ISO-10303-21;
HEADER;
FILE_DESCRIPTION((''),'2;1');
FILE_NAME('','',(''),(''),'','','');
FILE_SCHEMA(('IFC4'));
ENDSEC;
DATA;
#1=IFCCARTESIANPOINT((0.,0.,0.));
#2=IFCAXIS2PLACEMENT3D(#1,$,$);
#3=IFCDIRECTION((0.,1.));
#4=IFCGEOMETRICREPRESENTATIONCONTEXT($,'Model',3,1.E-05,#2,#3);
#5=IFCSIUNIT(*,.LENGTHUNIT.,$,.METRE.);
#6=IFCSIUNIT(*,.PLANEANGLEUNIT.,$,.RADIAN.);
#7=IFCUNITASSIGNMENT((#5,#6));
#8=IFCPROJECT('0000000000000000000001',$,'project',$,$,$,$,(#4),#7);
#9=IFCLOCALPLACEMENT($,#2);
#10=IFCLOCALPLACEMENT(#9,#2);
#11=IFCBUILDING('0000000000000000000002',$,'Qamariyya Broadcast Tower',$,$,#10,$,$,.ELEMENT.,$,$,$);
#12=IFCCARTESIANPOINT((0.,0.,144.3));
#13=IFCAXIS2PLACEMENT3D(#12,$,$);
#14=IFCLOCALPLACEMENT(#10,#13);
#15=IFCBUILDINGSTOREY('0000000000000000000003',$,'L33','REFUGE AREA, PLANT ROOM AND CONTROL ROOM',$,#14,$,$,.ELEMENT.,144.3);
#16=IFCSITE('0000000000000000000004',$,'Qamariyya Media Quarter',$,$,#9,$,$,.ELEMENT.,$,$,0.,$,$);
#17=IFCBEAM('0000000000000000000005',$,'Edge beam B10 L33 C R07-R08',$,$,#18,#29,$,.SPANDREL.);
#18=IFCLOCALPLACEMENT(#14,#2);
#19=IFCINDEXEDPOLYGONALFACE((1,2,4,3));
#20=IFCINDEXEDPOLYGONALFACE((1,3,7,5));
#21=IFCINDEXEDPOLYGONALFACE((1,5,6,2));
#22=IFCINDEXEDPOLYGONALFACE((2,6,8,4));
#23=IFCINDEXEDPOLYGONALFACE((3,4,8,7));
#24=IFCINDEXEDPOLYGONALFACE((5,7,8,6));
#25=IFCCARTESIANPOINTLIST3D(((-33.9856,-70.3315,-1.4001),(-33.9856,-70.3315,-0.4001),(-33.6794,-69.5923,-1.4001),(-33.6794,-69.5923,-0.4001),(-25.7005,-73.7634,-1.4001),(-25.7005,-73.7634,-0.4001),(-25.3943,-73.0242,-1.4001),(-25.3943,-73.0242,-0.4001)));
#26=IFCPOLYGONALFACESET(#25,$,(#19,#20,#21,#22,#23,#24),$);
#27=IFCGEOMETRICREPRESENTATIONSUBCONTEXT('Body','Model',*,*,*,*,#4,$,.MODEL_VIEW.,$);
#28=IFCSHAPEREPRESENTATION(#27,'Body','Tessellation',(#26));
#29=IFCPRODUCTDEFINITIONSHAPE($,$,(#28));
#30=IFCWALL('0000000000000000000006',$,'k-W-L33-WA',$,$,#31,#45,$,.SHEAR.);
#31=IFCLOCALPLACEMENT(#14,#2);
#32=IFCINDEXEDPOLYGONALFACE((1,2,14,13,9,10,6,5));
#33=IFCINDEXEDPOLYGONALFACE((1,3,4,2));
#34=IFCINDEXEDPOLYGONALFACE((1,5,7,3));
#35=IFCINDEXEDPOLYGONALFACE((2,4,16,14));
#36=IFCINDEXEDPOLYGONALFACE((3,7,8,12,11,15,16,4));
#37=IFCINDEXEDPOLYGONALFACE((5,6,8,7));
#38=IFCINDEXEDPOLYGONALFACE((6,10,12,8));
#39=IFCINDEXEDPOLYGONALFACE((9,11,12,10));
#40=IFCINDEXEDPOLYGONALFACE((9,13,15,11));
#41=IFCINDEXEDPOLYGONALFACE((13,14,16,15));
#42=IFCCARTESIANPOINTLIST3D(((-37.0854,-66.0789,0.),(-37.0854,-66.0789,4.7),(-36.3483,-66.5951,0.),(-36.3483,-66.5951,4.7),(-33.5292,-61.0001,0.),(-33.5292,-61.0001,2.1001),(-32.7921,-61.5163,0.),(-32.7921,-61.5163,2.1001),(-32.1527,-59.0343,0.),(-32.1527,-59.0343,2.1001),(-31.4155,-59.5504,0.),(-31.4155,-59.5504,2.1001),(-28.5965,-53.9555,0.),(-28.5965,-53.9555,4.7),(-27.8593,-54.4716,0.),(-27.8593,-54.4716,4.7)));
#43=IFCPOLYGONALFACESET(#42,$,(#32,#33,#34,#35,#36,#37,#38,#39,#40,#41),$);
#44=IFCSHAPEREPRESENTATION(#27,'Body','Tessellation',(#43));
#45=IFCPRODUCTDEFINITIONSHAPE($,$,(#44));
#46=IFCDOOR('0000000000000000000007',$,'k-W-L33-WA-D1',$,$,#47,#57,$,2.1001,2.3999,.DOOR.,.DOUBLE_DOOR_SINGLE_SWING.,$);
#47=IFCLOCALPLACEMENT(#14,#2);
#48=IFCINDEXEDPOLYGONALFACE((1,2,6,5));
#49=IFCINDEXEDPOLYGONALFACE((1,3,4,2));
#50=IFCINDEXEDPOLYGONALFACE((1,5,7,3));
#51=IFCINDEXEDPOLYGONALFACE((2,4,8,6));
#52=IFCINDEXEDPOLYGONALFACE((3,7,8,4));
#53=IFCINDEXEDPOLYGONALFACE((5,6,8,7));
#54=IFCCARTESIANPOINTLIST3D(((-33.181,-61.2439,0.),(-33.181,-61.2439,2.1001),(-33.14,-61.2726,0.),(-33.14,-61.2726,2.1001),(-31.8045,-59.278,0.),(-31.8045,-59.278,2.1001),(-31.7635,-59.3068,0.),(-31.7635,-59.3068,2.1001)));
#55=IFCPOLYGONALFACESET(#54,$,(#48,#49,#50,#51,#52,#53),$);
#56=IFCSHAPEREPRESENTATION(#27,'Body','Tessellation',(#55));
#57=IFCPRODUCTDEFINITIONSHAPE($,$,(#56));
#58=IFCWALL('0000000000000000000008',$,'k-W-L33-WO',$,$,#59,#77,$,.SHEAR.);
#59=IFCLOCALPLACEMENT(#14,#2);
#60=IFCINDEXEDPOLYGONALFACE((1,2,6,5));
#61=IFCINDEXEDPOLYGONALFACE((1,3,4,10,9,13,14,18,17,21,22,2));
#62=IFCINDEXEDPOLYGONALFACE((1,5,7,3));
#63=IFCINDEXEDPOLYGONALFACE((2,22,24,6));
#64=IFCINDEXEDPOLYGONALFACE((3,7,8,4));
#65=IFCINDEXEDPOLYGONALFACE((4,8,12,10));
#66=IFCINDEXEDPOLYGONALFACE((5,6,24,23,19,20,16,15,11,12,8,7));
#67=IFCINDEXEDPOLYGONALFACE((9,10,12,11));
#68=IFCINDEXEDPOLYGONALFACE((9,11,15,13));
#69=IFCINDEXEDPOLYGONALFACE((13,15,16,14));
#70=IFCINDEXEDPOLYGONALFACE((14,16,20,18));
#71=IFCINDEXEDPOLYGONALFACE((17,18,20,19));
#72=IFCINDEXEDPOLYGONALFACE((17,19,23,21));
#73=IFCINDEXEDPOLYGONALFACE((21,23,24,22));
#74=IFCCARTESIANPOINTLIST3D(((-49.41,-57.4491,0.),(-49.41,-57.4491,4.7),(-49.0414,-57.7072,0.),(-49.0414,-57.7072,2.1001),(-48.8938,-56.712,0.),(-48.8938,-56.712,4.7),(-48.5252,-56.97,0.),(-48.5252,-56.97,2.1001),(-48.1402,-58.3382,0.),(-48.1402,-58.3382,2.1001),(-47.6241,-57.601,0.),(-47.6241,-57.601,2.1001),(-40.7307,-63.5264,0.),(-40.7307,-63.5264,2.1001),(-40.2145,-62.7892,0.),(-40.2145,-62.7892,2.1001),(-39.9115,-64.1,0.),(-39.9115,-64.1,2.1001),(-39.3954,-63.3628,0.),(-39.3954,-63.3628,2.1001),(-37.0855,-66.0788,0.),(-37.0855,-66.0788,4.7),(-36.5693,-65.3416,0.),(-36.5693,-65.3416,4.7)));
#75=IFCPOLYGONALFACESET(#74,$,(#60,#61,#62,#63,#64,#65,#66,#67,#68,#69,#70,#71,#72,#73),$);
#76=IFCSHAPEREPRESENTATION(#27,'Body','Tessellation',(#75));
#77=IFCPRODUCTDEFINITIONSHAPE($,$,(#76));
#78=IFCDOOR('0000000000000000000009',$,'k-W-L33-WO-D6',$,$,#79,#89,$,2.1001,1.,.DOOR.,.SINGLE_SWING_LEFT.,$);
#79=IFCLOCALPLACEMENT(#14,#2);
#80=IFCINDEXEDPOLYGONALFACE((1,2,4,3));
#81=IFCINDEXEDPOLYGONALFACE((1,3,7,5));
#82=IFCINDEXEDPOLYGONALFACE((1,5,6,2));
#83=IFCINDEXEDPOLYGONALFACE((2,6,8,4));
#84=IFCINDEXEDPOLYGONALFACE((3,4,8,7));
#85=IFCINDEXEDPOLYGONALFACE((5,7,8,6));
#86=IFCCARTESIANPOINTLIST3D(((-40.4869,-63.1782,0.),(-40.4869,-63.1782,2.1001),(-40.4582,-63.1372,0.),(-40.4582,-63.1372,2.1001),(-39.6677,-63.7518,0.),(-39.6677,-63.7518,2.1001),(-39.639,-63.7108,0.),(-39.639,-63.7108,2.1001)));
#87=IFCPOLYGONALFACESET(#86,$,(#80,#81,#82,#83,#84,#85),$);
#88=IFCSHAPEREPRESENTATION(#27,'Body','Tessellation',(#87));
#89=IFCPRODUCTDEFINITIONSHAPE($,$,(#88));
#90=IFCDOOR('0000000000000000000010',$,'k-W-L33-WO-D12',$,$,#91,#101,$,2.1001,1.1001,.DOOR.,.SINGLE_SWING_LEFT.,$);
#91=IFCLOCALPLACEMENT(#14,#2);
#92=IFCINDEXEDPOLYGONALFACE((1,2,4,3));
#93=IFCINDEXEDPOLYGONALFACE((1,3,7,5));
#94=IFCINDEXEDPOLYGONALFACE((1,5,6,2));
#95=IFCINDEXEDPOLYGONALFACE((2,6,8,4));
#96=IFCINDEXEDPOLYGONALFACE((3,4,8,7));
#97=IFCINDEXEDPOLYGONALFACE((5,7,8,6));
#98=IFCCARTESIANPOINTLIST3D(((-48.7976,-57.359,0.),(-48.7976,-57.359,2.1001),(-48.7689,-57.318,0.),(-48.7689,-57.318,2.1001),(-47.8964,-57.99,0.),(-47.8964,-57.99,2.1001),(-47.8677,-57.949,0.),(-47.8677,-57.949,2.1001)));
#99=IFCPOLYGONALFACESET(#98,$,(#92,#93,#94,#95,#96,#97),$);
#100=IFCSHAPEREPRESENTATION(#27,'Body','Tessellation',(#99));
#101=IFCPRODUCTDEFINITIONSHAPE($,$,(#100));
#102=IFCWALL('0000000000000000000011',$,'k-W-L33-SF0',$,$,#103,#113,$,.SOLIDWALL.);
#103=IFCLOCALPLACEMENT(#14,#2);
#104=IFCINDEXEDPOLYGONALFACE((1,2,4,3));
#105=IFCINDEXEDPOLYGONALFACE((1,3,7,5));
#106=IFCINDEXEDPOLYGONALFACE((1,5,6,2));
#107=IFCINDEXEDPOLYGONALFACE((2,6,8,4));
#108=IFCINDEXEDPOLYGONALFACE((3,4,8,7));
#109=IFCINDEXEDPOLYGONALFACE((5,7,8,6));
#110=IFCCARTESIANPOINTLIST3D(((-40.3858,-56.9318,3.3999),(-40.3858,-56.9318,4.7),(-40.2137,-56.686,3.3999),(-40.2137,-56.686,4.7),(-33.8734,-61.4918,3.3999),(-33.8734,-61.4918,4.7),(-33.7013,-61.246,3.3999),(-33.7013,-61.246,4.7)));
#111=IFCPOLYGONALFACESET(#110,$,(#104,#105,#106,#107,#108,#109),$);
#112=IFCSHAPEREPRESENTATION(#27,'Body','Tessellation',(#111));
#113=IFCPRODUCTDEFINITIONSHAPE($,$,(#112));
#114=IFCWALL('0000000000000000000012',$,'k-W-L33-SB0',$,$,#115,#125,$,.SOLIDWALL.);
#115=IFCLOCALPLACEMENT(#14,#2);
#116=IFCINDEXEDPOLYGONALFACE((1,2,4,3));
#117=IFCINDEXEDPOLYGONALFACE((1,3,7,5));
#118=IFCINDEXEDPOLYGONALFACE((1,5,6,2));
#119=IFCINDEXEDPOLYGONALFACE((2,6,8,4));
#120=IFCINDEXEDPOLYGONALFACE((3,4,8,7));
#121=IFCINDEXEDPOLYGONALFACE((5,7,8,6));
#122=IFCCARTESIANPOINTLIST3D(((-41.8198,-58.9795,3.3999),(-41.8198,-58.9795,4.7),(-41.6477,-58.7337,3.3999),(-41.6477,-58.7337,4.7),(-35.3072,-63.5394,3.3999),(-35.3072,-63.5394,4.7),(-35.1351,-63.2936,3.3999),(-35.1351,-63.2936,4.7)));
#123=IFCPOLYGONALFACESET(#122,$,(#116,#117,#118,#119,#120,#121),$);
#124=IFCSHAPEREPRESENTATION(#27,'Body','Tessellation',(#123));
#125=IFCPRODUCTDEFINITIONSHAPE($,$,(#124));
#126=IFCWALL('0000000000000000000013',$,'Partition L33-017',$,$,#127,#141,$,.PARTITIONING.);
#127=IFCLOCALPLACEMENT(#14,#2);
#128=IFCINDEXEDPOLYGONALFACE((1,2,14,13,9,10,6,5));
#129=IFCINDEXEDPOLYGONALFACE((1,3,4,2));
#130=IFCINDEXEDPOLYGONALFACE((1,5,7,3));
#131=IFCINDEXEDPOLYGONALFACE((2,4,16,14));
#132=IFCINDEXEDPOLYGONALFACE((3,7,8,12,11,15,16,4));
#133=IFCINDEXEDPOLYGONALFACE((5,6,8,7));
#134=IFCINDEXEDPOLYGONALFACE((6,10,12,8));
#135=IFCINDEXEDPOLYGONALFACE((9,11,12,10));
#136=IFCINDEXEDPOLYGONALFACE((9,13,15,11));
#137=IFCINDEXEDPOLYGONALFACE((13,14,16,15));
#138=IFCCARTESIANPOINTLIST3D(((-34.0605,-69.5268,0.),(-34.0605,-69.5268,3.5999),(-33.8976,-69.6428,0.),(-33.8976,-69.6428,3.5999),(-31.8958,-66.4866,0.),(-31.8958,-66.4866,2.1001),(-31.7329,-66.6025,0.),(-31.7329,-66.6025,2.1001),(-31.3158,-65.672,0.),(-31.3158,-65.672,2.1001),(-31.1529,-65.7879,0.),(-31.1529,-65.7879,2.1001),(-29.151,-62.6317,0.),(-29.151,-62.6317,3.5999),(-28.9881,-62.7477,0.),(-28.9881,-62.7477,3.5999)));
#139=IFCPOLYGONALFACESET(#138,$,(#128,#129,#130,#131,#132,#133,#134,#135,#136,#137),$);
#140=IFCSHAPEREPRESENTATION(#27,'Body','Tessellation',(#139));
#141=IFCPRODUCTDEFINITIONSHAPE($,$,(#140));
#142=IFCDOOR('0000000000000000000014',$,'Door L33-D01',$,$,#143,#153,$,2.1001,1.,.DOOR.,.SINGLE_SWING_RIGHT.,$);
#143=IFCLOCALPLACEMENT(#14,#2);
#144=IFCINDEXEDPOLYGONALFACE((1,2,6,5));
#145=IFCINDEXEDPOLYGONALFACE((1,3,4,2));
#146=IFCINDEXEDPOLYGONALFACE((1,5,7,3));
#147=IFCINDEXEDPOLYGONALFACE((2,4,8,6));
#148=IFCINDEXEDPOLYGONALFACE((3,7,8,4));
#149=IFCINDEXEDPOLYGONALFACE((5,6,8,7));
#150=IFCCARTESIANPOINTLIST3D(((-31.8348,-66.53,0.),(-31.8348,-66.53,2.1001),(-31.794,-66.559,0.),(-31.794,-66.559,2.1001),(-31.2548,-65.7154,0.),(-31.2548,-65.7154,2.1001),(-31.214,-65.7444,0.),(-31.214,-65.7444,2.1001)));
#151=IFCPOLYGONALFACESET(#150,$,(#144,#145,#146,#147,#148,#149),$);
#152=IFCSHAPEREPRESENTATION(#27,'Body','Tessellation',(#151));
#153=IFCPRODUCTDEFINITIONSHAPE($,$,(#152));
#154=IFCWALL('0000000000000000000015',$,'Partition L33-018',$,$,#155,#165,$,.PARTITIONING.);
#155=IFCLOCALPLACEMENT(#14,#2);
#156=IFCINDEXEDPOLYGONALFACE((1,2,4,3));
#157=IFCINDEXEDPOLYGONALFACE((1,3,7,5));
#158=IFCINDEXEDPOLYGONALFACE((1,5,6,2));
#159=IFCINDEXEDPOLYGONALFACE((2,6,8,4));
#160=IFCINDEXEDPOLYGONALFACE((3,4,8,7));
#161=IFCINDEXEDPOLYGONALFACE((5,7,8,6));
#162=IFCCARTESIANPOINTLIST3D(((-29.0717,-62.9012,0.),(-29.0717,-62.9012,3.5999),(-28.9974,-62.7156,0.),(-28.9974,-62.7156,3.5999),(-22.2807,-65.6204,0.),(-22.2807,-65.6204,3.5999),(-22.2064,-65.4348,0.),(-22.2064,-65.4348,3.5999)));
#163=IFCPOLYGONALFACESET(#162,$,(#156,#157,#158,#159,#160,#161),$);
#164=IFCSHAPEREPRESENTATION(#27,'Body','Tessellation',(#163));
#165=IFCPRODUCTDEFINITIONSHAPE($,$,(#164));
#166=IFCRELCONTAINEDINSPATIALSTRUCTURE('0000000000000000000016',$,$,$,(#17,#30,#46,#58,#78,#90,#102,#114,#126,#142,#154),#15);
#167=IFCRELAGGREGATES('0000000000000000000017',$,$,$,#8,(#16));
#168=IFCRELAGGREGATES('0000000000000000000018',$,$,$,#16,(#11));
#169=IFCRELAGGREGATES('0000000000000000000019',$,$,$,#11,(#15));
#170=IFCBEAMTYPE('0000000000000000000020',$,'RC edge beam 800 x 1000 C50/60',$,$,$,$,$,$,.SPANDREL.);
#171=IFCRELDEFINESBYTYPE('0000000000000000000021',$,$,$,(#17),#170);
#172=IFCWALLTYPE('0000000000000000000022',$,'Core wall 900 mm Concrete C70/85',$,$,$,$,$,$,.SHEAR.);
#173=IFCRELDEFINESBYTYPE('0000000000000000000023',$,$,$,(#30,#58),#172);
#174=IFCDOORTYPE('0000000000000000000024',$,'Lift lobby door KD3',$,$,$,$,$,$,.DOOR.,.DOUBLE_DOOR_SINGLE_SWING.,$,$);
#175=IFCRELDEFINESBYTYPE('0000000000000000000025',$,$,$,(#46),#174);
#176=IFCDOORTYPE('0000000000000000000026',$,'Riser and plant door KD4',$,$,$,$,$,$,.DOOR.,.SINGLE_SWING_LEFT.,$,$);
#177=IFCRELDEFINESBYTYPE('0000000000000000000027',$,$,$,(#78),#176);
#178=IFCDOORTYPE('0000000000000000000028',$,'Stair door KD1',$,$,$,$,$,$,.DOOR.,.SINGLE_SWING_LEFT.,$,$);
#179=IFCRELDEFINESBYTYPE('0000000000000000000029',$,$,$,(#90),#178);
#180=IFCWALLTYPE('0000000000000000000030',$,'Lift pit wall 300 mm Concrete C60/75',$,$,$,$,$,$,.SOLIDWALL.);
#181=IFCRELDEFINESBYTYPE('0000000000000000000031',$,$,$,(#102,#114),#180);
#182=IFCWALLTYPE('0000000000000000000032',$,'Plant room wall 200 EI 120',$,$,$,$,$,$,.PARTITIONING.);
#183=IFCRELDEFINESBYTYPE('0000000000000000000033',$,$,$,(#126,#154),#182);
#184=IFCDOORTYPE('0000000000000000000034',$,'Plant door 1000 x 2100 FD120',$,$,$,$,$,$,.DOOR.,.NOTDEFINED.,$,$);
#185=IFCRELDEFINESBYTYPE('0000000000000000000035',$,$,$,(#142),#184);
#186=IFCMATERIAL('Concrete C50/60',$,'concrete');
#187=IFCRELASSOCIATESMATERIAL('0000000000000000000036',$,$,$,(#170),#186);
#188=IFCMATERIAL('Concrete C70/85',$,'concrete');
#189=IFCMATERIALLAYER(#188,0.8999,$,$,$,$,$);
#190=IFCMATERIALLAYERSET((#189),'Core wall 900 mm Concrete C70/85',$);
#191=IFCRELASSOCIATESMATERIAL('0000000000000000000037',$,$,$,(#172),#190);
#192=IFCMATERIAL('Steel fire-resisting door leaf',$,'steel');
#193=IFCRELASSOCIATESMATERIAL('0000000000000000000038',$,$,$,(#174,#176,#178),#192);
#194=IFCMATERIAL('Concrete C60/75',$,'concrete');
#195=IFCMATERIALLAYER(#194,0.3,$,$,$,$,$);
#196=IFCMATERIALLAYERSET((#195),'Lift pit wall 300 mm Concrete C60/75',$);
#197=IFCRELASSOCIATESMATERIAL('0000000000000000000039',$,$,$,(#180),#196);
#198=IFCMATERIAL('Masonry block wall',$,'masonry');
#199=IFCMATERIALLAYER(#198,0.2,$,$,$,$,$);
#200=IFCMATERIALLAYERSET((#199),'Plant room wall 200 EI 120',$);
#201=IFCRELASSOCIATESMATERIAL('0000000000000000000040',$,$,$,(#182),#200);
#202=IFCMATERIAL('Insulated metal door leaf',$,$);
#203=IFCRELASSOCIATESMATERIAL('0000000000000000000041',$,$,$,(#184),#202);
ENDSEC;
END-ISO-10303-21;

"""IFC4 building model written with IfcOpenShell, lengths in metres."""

from ifc_helpers import new_model, si_unit, direction, frame, frame_2d, origin, origin_2d, place, context, subcontext, project, spatial, rectangle, extrude, material, layer, layer_set, material_profile, profile_set, type_object, element, fill, save


model = new_model("IFC4")

# Units and contexts
model_context = context("Model", 3, precision=1e-05, world=origin(), true_north=direction((0.0, 1.0)))
body_context = subcontext(model_context, "Body", "Model", "MODEL_VIEW")
ifc_project = project(units=[si_unit("LENGTHUNIT", "METRE"), si_unit("PLANEANGLEUNIT", "RADIAN")], contexts=[model_context])

# Site, building, storey
site_placement = place(None, origin())
site = spatial("IfcSite", under=ifc_project, at=site_placement, Name="Qamariyya Media Quarter", CompositionType="ELEMENT", RefElevation=0.0)
building_placement = place(site_placement, origin())
building = spatial("IfcBuilding", under=site, at=building_placement, Name="Qamariyya Broadcast Tower", CompositionType="ELEMENT")
storey_placement = place(building_placement, frame((0.0, 0.0, 144.3)))
storey = spatial("IfcBuildingStorey", under=building, at=storey_placement, Name="L33", Description="REFUGE AREA, PLANT ROOM AND CONTROL ROOM", CompositionType="ELEMENT", Elevation=144.3)

# Shared definitions
ifc_material_1 = material(Name="Concrete C70/85", Category="concrete")

# Beam
ifc_material_2 = material(Name="Concrete C50/60", Category="concrete")
ifc_material_profile_1 = material_profile(ifc_material_2, rectangle(XDim=0.8, YDim=1.0, at=origin_2d()))
ifc_profile_set_1 = profile_set([ifc_material_profile_1], Name="Concrete C50/60")
beam_type = type_object("IfcBeamType", Name="RC edge beam 800 x 1000 C50/60", PredefinedType="SPANDREL", material=ifc_profile_set_1)
beam_placement = place(storey_placement, frame((-33.8325, -69.9619, -0.9001), z_axis=(0.923877, -0.382689, 0.0), x_axis=(0.382689, 0.923877, 0.0)))
element("IfcBeam", 1, at=beam_placement, inside=storey, type_object=beam_type, Name="Edge beam B10 L33 C R07-R08", PredefinedType="SPANDREL", context=body_context, shape_type="SweptSolid", body=[
    extrude(rectangle(XDim=0.8, YDim=1.0, at=origin_2d()), origin(), (0.0, 0.0, 1.0), 8.9678),
])

# Wall, opening, door
ifc_layer_1 = layer(ifc_material_1, 0.8999)
ifc_layer_set_1 = layer_set([ifc_layer_1], Name="Core wall 900 mm Concrete C70/85")
wall_type_1 = type_object("IfcWallType", Name="Core wall 900 mm Concrete C70/85", PredefinedType="SHEAR", material=ifc_layer_set_1)
wall_1_placement = place(storey_placement, frame((-36.7168, -66.3369, 0.0), z_axis=(0.0, 0.0, 1.0), x_axis=(0.573577, 0.819151, 0.0)))
wall_1 = element("IfcWall", 2, at=wall_1_placement, inside=storey, type_object=wall_type_1, Name="k-W-L33-WA", PredefinedType="SHEAR", context=body_context, shape_type="SweptSolid", body=[
    extrude(rectangle(XDim=14.8, YDim=0.8999, at=frame_2d((7.3999, 0.0))), origin(), (0.0, 0.0, 1.0), 4.7),
])
opening_1_placement = place(wall_1_placement, frame((6.2, 0.0, 0.0)))
opening_1 = element("IfcOpeningElement", 3, at=opening_1_placement, cuts=wall_1, PredefinedType="OPENING", context=body_context, shape_type="SweptSolid", body=[
    extrude(rectangle(XDim=2.3999, YDim=2.1001, at=frame_2d((1.2, 1.05))), frame((0.0, 0.46, 0.0), z_axis=(0.0, -1.0, 0.0), x_axis=(1.0, 0.0, 0.0)), (0.0, 0.0, 1.0), 0.9199),
])
ifc_material_3 = material(Name="Steel fire-resisting door leaf", Category="steel")
door_type_1 = type_object("IfcDoorType", Name="Lift lobby door KD3", OperationType="DOUBLE_DOOR_SINGLE_SWING", PredefinedType="DOOR", material=ifc_material_3)
door_1_placement = place(opening_1_placement, origin())
door_1 = element("IfcDoor", 4, at=door_1_placement, inside=storey, type_object=door_type_1, Name="k-W-L33-WA-D1", OperationType="DOUBLE_DOOR_SINGLE_SWING", OverallHeight=2.1001, OverallWidth=2.3999, PredefinedType="DOOR", context=body_context, shape_type="SweptSolid", body=[
    extrude(rectangle(XDim=2.3999, YDim=2.1001, at=frame_2d((1.2, 1.05))), frame((0.0, 0.0249, 0.0), z_axis=(0.0, -1.0, 0.0), x_axis=(1.0, 0.0, 0.0)), (0.0, 0.0, 1.0), 0.05),
])
fill(opening_1, door_1)

# Wall, openings, doors
wall_2_placement = place(storey_placement, frame((-36.8274, -65.7102, 0.0), z_axis=(0.0, 0.0, 1.0), x_axis=(-0.819153, 0.573575, 0.0)))
wall_2 = element("IfcWall", 5, at=wall_2_placement, inside=storey, type_object=wall_type_1, Name="k-W-L33-WO", PredefinedType="SHEAR", context=body_context, shape_type="SweptSolid", body=[
    extrude(rectangle(XDim=15.0454, YDim=0.8999, at=frame_2d((7.5227, 0.0))), origin(), (0.0, 0.0, 1.0), 4.7),
])
opening_2_placement = place(wall_2_placement, frame((3.45, 0.0, 0.0)))
opening_2 = element("IfcOpeningElement", 6, at=opening_2_placement, cuts=wall_2, PredefinedType="OPENING", context=body_context, shape_type="SweptSolid", body=[
    extrude(rectangle(XDim=1.0, YDim=2.1001, at=frame_2d((0.5, 1.05))), frame((0.0, 0.46, 0.0), z_axis=(0.0, -1.0, 0.0), x_axis=(1.0, 0.0, 0.0)), (0.0, 0.0, 1.0), 0.9199),
])
opening_3_placement = place(wall_2_placement, frame((13.4954, 0.0, 0.0)))
opening_3 = element("IfcOpeningElement", 7, at=opening_3_placement, cuts=wall_2, PredefinedType="OPENING", context=body_context, shape_type="SweptSolid", body=[
    extrude(rectangle(XDim=1.1001, YDim=2.1001, at=frame_2d((0.55, 1.05))), frame((0.0, 0.46, 0.0), z_axis=(0.0, -1.0, 0.0), x_axis=(1.0, 0.0, 0.0)), (0.0, 0.0, 1.0), 0.9199),
])
door_type_2 = type_object("IfcDoorType", Name="Riser and plant door KD4", OperationType="SINGLE_SWING_LEFT", PredefinedType="DOOR", material=ifc_material_3)
door_2_placement = place(opening_2_placement, origin())
door_2 = element("IfcDoor", 8, at=door_2_placement, inside=storey, type_object=door_type_2, Name="k-W-L33-WO-D6", OperationType="SINGLE_SWING_LEFT", OverallHeight=2.1001, OverallWidth=1.0, PredefinedType="DOOR", context=body_context, shape_type="SweptSolid", body=[
    extrude(rectangle(XDim=1.0, YDim=2.1001, at=frame_2d((0.5, 1.05))), frame((0.0, 0.0249, 0.0), z_axis=(0.0, -1.0, 0.0), x_axis=(1.0, 0.0, 0.0)), (0.0, 0.0, 1.0), 0.05),
])
fill(opening_2, door_2)
door_type_3 = type_object("IfcDoorType", Name="Stair door KD1", OperationType="SINGLE_SWING_LEFT", PredefinedType="DOOR", material=ifc_material_3)
door_3_placement = place(opening_3_placement, origin())
door_3 = element("IfcDoor", 9, at=door_3_placement, inside=storey, type_object=door_type_3, Name="k-W-L33-WO-D12", OperationType="SINGLE_SWING_LEFT", OverallHeight=2.1001, OverallWidth=1.1001, PredefinedType="DOOR", context=body_context, shape_type="SweptSolid", body=[
    extrude(rectangle(XDim=1.1001, YDim=2.1001, at=frame_2d((0.55, 1.05))), frame((0.0, 0.0249, 0.0), z_axis=(0.0, -1.0, 0.0), x_axis=(1.0, 0.0, 0.0)), (0.0, 0.0, 1.0), 0.05),
])
fill(opening_3, door_3)

# Walls
ifc_material_4 = material(Name="Concrete C60/75", Category="concrete")
ifc_layer_2 = layer(ifc_material_4, 0.3)
ifc_layer_set_2 = layer_set([ifc_layer_2], Name="Lift pit wall 300 mm Concrete C60/75")
wall_type_2 = type_object("IfcWallType", Name="Lift pit wall 300 mm Concrete C60/75", PredefinedType="SOLIDWALL", material=ifc_layer_set_2)
for number, where, z_axis, x_axis, name in (
    (10, (-33.7874, -61.3689, 3.3999), (0.0, 0.0, 1.0), (-0.819153, 0.573576, 0.0), "k-W-L33-SF0"),
    (11, (-35.2212, -63.4165, 3.3999), (0.0, 0.0, 1.0), (-0.819167, 0.573555, 0.0), "k-W-L33-SB0"),
):
    element("IfcWall", number, at=place(storey_placement, frame(where, z_axis=z_axis, x_axis=x_axis)), inside=storey, type_object=wall_type_2, Name=name, PredefinedType="SOLIDWALL", context=body_context, shape_type="SweptSolid", body=[
        extrude(rectangle(XDim=7.9502, YDim=0.3, at=frame_2d((3.9751, 0.0))), origin(), (0.0, 0.0, 1.0), 1.3),
    ])

# Wall, opening, door
ifc_material_5 = material(Name="Masonry block wall", Category="masonry")
ifc_layer_3 = layer(ifc_material_5, 0.2)
ifc_layer_set_3 = layer_set([ifc_layer_3], Name="Plant room wall 200 EI 120")
wall_type_3 = type_object("IfcWallType", Name="Plant room wall 200 EI 120", PredefinedType="PARTITIONING", material=ifc_layer_set_3)
wall_3_placement = place(storey_placement, frame((-29.0696, -62.6897, 0.0), z_axis=(0.0, 0.0, 1.0), x_axis=(-0.580018, -0.814604, 0.0)))
wall_3 = element("IfcWall", 12, at=wall_3_placement, inside=storey, type_object=wall_type_3, Name="Partition L33-017", PredefinedType="PARTITIONING", context=body_context, shape_type="SweptSolid", body=[
    extrude(rectangle(XDim=8.4644, YDim=0.2, at=frame_2d((4.2322, 0.0))), origin(), (0.0, 0.0, 1.0), 3.5999),
])
opening_4_placement = place(wall_3_placement, frame((3.7322, 0.0, 0.0)))
opening_4 = element("IfcOpeningElement", 13, at=opening_4_placement, cuts=wall_3, PredefinedType="OPENING", context=body_context, shape_type="SweptSolid", body=[
    extrude(rectangle(XDim=1.0, YDim=2.1001, at=frame_2d((0.5, 1.05))), frame((0.0, 0.1099, 0.0), z_axis=(0.0, -1.0, 0.0), x_axis=(1.0, 0.0, 0.0)), (0.0, 0.0, 1.0), 0.22),
])
ifc_material_6 = material(Name="Insulated metal door leaf")
door_type_4 = type_object("IfcDoorType", Name="Plant door 1000 x 2100 FD120", OperationType="NOTDEFINED", PredefinedType="DOOR", material=ifc_material_6)
door_4_placement = place(opening_4_placement, origin())
door_4 = element("IfcDoor", 14, at=door_4_placement, inside=storey, type_object=door_type_4, Name="Door L33-D01", OperationType="SINGLE_SWING_RIGHT", OverallHeight=2.1001, OverallWidth=1.0, PredefinedType="DOOR", context=body_context, shape_type="SweptSolid", body=[
    extrude(rectangle(XDim=1.0, YDim=2.1001, at=frame_2d((0.5, 1.05))), frame((0.0, 0.0249, 0.0), z_axis=(0.0, -1.0, 0.0), x_axis=(1.0, 0.0, 0.0)), (0.0, 0.0, 1.0), 0.05),
])
fill(opening_4, door_4)

# Wall
wall_4_placement = place(storey_placement, frame((-29.0347, -62.8083, 0.0), z_axis=(0.0, 0.0, 1.0), x_axis=(0.928343, -0.371724, 0.0)))
element("IfcWall", 15, at=wall_4_placement, inside=storey, type_object=wall_type_3, Name="Partition L33-018", PredefinedType="PARTITIONING", context=body_context, shape_type="SweptSolid", body=[
    extrude(rectangle(XDim=7.3152, YDim=0.2, at=frame_2d((3.6577, 0.0))), origin(), (0.0, 0.0, 1.0), 3.5999),
])

save(model, "model.ifc")
